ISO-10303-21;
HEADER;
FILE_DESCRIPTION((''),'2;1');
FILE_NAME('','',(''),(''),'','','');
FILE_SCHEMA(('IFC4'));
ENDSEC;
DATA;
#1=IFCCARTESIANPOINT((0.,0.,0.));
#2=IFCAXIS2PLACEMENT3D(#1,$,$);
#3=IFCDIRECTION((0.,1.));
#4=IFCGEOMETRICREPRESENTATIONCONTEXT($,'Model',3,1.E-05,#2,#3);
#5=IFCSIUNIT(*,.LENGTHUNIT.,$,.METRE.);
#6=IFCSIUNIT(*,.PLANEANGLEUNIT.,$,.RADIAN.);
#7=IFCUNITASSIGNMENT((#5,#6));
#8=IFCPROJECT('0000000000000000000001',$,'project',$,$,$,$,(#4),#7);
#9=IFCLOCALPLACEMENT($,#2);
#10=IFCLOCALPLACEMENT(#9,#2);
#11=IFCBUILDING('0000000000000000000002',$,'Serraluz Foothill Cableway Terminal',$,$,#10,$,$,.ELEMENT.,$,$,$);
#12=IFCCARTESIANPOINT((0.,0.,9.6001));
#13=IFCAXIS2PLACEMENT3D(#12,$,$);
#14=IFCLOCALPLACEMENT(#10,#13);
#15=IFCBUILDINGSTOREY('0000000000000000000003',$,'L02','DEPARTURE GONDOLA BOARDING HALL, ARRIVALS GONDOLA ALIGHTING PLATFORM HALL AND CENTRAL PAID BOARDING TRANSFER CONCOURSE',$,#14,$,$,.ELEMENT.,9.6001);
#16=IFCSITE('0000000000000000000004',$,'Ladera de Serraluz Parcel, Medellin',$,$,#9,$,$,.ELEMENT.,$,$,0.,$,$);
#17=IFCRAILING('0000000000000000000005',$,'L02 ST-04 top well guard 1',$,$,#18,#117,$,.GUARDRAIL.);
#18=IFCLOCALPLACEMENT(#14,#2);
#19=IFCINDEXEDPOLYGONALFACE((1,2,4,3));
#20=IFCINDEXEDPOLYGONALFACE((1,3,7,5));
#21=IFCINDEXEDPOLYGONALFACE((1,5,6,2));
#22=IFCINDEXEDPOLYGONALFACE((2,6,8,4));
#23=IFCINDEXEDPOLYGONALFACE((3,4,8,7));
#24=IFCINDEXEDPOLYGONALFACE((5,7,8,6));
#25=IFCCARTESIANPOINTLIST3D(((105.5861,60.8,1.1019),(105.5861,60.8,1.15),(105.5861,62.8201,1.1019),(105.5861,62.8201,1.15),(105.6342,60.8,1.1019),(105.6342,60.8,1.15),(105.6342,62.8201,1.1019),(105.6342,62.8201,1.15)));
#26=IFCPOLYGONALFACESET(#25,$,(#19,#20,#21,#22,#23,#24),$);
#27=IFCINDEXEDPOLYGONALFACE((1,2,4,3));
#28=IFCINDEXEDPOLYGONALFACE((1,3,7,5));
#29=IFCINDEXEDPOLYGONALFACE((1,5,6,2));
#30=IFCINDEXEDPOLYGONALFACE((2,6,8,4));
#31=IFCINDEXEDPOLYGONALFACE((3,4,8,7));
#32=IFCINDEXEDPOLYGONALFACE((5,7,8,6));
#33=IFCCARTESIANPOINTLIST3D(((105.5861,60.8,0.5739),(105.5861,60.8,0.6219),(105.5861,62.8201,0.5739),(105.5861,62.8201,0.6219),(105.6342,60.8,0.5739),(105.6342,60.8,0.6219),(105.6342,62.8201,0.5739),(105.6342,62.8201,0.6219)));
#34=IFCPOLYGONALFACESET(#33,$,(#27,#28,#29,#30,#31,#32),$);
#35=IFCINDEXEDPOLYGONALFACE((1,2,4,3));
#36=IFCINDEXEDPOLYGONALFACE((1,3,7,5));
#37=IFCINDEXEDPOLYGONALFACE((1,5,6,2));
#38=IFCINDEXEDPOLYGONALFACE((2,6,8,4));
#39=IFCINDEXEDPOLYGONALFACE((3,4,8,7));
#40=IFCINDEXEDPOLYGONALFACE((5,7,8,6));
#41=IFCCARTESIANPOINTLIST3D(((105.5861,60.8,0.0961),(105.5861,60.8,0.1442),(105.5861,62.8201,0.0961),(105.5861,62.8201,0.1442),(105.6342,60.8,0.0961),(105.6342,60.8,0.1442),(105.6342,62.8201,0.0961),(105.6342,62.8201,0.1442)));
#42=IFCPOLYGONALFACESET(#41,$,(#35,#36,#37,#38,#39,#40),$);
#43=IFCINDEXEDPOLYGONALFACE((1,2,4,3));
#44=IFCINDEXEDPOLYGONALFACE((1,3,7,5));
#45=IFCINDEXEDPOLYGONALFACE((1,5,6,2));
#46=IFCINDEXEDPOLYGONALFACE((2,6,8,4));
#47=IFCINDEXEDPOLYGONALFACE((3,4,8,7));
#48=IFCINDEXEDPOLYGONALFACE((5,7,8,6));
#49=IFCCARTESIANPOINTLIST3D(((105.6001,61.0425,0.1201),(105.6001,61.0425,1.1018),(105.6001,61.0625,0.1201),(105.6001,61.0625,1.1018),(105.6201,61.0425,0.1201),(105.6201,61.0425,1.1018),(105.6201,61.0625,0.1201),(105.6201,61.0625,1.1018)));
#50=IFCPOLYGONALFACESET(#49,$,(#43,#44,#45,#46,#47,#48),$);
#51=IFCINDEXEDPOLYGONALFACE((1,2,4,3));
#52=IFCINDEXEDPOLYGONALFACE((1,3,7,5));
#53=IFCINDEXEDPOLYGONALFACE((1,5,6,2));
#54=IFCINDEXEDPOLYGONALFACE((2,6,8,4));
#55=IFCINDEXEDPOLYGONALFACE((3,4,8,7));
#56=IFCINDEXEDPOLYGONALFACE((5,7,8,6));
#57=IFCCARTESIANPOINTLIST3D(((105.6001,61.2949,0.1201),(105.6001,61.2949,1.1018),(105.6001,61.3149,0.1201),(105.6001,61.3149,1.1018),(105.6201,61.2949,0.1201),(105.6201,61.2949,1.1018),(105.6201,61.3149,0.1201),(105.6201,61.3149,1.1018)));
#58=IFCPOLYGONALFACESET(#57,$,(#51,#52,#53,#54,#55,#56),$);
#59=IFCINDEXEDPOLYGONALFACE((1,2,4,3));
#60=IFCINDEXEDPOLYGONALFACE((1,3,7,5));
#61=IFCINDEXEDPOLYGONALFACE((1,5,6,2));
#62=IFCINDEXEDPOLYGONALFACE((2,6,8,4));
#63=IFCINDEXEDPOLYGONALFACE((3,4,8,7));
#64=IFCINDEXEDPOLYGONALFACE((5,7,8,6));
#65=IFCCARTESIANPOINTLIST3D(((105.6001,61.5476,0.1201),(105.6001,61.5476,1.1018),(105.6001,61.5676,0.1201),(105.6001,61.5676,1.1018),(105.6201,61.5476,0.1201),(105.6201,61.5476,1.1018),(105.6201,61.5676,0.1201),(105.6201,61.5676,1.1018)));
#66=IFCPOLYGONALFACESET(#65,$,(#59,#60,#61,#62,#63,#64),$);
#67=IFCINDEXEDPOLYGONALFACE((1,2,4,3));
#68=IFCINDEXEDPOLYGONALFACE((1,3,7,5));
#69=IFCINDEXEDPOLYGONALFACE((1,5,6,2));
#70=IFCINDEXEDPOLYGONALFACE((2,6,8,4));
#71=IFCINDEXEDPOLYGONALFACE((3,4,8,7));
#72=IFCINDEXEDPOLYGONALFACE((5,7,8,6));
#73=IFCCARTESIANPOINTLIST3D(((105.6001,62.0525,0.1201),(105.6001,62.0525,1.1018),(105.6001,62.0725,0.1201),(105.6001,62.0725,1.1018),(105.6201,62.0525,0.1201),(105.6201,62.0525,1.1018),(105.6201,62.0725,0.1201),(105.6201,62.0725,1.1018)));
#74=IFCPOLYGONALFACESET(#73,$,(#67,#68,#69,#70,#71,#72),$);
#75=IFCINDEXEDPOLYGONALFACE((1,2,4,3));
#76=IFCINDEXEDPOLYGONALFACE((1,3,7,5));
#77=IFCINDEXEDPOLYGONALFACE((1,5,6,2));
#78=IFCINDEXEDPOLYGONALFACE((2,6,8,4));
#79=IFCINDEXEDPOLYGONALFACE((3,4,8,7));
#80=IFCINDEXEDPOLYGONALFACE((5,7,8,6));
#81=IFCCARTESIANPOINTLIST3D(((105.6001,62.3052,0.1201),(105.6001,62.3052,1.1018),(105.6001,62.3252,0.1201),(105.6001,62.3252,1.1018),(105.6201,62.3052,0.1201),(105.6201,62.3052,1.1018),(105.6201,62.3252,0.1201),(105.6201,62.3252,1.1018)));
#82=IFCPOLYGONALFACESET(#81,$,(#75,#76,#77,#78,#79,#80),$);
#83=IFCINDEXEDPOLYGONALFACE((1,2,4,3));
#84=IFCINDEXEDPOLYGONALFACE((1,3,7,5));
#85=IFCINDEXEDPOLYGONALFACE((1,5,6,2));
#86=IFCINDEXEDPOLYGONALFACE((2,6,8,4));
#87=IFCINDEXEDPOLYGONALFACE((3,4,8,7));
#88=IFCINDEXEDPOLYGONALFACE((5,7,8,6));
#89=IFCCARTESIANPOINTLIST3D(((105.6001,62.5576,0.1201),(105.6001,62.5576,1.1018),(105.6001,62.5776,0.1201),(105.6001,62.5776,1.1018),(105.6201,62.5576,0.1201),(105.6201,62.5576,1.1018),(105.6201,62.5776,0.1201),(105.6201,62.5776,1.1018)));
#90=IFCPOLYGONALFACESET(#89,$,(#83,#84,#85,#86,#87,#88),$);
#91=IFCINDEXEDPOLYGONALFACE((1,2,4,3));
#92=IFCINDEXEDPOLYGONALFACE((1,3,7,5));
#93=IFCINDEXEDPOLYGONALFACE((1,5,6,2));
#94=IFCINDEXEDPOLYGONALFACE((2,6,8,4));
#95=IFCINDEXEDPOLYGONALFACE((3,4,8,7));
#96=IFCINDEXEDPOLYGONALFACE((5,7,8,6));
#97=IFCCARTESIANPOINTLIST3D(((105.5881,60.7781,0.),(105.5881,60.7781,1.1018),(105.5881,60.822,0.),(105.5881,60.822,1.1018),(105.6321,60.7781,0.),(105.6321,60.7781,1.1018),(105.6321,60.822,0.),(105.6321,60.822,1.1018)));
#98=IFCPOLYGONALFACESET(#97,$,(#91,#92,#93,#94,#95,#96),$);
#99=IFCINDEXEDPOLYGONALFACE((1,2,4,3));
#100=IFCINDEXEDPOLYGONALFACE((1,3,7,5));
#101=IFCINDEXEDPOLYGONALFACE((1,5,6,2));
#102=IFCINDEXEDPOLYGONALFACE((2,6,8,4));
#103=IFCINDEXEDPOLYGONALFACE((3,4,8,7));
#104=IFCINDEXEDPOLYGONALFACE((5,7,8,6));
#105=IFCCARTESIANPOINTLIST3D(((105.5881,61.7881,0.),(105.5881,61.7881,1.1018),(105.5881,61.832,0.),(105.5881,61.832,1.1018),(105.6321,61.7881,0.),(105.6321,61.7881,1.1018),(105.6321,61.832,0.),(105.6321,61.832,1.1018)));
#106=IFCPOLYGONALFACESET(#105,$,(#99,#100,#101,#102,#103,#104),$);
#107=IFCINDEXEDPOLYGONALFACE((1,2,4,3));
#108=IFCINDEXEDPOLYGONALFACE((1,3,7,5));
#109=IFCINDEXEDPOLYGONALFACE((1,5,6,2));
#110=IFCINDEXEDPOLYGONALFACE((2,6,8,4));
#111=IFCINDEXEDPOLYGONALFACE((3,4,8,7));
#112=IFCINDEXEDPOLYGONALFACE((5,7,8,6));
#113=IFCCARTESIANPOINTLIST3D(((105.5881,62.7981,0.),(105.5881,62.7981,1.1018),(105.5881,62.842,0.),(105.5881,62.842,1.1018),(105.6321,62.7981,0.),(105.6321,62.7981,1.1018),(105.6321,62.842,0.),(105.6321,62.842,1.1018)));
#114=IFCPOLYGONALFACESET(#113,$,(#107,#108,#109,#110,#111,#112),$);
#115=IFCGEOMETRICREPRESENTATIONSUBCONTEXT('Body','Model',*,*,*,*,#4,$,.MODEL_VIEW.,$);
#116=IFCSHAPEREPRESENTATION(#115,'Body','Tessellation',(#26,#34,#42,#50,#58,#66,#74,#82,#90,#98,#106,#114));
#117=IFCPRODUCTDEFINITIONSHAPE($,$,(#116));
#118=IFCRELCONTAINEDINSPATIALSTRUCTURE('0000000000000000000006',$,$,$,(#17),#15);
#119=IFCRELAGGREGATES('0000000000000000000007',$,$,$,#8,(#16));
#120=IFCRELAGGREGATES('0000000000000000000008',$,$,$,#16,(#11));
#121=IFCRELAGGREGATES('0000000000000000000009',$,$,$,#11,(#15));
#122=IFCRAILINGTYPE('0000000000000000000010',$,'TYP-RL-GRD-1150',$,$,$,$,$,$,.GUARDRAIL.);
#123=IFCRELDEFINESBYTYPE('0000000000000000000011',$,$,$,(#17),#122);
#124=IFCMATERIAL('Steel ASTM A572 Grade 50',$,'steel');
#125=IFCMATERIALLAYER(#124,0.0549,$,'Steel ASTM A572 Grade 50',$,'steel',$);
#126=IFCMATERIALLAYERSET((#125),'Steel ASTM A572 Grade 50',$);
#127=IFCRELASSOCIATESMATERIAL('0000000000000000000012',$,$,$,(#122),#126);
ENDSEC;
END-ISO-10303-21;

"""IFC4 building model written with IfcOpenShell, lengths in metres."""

from ifc_helpers import new_model, si_unit, direction, frame, origin, origin_2d, place, context, subcontext, project, spatial, rectangle, extrude, material, layer, layer_set, type_object, element, save


model = new_model("IFC4")

# Units and contexts
model_context = context("Model", 3, precision=1e-05, world=origin(), true_north=direction((0.0, 1.0)))
body_context = subcontext(model_context, "Body", "Model", "MODEL_VIEW")
ifc_project = project(units=[si_unit("LENGTHUNIT", "METRE"), si_unit("PLANEANGLEUNIT", "RADIAN")], contexts=[model_context])

# Site, building, storey
site_placement = place(None, origin())
site = spatial("IfcSite", under=ifc_project, at=site_placement, Name="Ladera de Serraluz Parcel, Medellin", CompositionType="ELEMENT", RefElevation=0.0)
building_placement = place(site_placement, origin())
building = spatial("IfcBuilding", under=site, at=building_placement, Name="Serraluz Foothill Cableway Terminal", CompositionType="ELEMENT")
storey_placement = place(building_placement, frame((0.0, 0.0, 9.6001)))
storey = spatial("IfcBuildingStorey", under=building, at=storey_placement, Name="L02", Description="DEPARTURE GONDOLA BOARDING HALL, ARRIVALS GONDOLA ALIGHTING PLATFORM HALL AND CENTRAL PAID BOARDING TRANSFER CONCOURSE", CompositionType="ELEMENT", Elevation=9.6001)

# Shared definitions
ifc_material_1 = material(Name="Steel ASTM A572 Grade 50", Category="steel")

# Railing
ifc_layer_1 = layer(ifc_material_1, 0.0549, Name="Steel ASTM A572 Grade 50", Category="steel")
ifc_layer_set_1 = layer_set([ifc_layer_1], Name="Steel ASTM A572 Grade 50")
railing_type = type_object("IfcRailingType", Name="TYP-RL-GRD-1150", PredefinedType="GUARDRAIL", material=ifc_layer_set_1)
railing_placement = place(storey_placement, frame((105.6101, 60.8, 0.0)))
element("IfcRailing", 1, at=railing_placement, inside=storey, type_object=railing_type, Name="L02 ST-04 top well guard 1", PredefinedType="GUARDRAIL", context=body_context, shape_type="SweptSolid", body=[
    extrude(rectangle(XDim=0.0481, YDim=0.0481, at=origin_2d()), frame((0.0, 0.0, 1.126), z_axis=(0.0, 1.0, 0.0), x_axis=(-1.0, 0.0, 0.0)), (0.0, 0.0, 1.0), 2.02),
    extrude(rectangle(XDim=0.0481, YDim=0.0481, at=origin_2d()), frame((0.0, 0.0, 0.5979), z_axis=(0.0, 1.0, 0.0), x_axis=(-1.0, 0.0, 0.0)), (0.0, 0.0, 1.0), 2.02),
    extrude(rectangle(XDim=0.0481, YDim=0.0481, at=origin_2d()), frame((0.0, 0.0, 0.1201), z_axis=(0.0, 1.0, 0.0), x_axis=(-1.0, 0.0, 0.0)), (0.0, 0.0, 1.0), 2.02),
    extrude(rectangle(XDim=0.02, YDim=0.02, at=origin_2d()), frame((0.0, 0.2524, 0.1201)), (0.0, 0.0, 1.0), 0.9817),
    extrude(rectangle(XDim=0.02, YDim=0.02, at=origin_2d()), frame((0.0, 0.5049, 0.1201)), (0.0, 0.0, 1.0), 0.9817),
    extrude(rectangle(XDim=0.02, YDim=0.02, at=origin_2d()), frame((0.0, 0.7576, 0.1201)), (0.0, 0.0, 1.0), 0.9817),
    extrude(rectangle(XDim=0.02, YDim=0.02, at=origin_2d()), frame((0.0, 1.2625, 0.1201)), (0.0, 0.0, 1.0), 0.9817),
    extrude(rectangle(XDim=0.02, YDim=0.02, at=origin_2d()), frame((0.0, 1.5151, 0.1201)), (0.0, 0.0, 1.0), 0.9817),
    extrude(rectangle(XDim=0.02, YDim=0.02, at=origin_2d()), frame((0.0, 1.7676, 0.1201)), (0.0, 0.0, 1.0), 0.9817),
    extrude(rectangle(XDim=0.0439, YDim=0.0439, at=origin_2d()), origin(), (0.0, 0.0, 1.0), 1.1018),
    extrude(rectangle(XDim=0.0439, YDim=0.0439, at=origin_2d()), frame((0.0, 1.01, 0.0)), (0.0, 0.0, 1.0), 1.1018),
    extrude(rectangle(XDim=0.0439, YDim=0.0439, at=origin_2d()), frame((0.0, 2.02, 0.0)), (0.0, 0.0, 1.0), 1.1018),
])

save(model, "model.ifc")
